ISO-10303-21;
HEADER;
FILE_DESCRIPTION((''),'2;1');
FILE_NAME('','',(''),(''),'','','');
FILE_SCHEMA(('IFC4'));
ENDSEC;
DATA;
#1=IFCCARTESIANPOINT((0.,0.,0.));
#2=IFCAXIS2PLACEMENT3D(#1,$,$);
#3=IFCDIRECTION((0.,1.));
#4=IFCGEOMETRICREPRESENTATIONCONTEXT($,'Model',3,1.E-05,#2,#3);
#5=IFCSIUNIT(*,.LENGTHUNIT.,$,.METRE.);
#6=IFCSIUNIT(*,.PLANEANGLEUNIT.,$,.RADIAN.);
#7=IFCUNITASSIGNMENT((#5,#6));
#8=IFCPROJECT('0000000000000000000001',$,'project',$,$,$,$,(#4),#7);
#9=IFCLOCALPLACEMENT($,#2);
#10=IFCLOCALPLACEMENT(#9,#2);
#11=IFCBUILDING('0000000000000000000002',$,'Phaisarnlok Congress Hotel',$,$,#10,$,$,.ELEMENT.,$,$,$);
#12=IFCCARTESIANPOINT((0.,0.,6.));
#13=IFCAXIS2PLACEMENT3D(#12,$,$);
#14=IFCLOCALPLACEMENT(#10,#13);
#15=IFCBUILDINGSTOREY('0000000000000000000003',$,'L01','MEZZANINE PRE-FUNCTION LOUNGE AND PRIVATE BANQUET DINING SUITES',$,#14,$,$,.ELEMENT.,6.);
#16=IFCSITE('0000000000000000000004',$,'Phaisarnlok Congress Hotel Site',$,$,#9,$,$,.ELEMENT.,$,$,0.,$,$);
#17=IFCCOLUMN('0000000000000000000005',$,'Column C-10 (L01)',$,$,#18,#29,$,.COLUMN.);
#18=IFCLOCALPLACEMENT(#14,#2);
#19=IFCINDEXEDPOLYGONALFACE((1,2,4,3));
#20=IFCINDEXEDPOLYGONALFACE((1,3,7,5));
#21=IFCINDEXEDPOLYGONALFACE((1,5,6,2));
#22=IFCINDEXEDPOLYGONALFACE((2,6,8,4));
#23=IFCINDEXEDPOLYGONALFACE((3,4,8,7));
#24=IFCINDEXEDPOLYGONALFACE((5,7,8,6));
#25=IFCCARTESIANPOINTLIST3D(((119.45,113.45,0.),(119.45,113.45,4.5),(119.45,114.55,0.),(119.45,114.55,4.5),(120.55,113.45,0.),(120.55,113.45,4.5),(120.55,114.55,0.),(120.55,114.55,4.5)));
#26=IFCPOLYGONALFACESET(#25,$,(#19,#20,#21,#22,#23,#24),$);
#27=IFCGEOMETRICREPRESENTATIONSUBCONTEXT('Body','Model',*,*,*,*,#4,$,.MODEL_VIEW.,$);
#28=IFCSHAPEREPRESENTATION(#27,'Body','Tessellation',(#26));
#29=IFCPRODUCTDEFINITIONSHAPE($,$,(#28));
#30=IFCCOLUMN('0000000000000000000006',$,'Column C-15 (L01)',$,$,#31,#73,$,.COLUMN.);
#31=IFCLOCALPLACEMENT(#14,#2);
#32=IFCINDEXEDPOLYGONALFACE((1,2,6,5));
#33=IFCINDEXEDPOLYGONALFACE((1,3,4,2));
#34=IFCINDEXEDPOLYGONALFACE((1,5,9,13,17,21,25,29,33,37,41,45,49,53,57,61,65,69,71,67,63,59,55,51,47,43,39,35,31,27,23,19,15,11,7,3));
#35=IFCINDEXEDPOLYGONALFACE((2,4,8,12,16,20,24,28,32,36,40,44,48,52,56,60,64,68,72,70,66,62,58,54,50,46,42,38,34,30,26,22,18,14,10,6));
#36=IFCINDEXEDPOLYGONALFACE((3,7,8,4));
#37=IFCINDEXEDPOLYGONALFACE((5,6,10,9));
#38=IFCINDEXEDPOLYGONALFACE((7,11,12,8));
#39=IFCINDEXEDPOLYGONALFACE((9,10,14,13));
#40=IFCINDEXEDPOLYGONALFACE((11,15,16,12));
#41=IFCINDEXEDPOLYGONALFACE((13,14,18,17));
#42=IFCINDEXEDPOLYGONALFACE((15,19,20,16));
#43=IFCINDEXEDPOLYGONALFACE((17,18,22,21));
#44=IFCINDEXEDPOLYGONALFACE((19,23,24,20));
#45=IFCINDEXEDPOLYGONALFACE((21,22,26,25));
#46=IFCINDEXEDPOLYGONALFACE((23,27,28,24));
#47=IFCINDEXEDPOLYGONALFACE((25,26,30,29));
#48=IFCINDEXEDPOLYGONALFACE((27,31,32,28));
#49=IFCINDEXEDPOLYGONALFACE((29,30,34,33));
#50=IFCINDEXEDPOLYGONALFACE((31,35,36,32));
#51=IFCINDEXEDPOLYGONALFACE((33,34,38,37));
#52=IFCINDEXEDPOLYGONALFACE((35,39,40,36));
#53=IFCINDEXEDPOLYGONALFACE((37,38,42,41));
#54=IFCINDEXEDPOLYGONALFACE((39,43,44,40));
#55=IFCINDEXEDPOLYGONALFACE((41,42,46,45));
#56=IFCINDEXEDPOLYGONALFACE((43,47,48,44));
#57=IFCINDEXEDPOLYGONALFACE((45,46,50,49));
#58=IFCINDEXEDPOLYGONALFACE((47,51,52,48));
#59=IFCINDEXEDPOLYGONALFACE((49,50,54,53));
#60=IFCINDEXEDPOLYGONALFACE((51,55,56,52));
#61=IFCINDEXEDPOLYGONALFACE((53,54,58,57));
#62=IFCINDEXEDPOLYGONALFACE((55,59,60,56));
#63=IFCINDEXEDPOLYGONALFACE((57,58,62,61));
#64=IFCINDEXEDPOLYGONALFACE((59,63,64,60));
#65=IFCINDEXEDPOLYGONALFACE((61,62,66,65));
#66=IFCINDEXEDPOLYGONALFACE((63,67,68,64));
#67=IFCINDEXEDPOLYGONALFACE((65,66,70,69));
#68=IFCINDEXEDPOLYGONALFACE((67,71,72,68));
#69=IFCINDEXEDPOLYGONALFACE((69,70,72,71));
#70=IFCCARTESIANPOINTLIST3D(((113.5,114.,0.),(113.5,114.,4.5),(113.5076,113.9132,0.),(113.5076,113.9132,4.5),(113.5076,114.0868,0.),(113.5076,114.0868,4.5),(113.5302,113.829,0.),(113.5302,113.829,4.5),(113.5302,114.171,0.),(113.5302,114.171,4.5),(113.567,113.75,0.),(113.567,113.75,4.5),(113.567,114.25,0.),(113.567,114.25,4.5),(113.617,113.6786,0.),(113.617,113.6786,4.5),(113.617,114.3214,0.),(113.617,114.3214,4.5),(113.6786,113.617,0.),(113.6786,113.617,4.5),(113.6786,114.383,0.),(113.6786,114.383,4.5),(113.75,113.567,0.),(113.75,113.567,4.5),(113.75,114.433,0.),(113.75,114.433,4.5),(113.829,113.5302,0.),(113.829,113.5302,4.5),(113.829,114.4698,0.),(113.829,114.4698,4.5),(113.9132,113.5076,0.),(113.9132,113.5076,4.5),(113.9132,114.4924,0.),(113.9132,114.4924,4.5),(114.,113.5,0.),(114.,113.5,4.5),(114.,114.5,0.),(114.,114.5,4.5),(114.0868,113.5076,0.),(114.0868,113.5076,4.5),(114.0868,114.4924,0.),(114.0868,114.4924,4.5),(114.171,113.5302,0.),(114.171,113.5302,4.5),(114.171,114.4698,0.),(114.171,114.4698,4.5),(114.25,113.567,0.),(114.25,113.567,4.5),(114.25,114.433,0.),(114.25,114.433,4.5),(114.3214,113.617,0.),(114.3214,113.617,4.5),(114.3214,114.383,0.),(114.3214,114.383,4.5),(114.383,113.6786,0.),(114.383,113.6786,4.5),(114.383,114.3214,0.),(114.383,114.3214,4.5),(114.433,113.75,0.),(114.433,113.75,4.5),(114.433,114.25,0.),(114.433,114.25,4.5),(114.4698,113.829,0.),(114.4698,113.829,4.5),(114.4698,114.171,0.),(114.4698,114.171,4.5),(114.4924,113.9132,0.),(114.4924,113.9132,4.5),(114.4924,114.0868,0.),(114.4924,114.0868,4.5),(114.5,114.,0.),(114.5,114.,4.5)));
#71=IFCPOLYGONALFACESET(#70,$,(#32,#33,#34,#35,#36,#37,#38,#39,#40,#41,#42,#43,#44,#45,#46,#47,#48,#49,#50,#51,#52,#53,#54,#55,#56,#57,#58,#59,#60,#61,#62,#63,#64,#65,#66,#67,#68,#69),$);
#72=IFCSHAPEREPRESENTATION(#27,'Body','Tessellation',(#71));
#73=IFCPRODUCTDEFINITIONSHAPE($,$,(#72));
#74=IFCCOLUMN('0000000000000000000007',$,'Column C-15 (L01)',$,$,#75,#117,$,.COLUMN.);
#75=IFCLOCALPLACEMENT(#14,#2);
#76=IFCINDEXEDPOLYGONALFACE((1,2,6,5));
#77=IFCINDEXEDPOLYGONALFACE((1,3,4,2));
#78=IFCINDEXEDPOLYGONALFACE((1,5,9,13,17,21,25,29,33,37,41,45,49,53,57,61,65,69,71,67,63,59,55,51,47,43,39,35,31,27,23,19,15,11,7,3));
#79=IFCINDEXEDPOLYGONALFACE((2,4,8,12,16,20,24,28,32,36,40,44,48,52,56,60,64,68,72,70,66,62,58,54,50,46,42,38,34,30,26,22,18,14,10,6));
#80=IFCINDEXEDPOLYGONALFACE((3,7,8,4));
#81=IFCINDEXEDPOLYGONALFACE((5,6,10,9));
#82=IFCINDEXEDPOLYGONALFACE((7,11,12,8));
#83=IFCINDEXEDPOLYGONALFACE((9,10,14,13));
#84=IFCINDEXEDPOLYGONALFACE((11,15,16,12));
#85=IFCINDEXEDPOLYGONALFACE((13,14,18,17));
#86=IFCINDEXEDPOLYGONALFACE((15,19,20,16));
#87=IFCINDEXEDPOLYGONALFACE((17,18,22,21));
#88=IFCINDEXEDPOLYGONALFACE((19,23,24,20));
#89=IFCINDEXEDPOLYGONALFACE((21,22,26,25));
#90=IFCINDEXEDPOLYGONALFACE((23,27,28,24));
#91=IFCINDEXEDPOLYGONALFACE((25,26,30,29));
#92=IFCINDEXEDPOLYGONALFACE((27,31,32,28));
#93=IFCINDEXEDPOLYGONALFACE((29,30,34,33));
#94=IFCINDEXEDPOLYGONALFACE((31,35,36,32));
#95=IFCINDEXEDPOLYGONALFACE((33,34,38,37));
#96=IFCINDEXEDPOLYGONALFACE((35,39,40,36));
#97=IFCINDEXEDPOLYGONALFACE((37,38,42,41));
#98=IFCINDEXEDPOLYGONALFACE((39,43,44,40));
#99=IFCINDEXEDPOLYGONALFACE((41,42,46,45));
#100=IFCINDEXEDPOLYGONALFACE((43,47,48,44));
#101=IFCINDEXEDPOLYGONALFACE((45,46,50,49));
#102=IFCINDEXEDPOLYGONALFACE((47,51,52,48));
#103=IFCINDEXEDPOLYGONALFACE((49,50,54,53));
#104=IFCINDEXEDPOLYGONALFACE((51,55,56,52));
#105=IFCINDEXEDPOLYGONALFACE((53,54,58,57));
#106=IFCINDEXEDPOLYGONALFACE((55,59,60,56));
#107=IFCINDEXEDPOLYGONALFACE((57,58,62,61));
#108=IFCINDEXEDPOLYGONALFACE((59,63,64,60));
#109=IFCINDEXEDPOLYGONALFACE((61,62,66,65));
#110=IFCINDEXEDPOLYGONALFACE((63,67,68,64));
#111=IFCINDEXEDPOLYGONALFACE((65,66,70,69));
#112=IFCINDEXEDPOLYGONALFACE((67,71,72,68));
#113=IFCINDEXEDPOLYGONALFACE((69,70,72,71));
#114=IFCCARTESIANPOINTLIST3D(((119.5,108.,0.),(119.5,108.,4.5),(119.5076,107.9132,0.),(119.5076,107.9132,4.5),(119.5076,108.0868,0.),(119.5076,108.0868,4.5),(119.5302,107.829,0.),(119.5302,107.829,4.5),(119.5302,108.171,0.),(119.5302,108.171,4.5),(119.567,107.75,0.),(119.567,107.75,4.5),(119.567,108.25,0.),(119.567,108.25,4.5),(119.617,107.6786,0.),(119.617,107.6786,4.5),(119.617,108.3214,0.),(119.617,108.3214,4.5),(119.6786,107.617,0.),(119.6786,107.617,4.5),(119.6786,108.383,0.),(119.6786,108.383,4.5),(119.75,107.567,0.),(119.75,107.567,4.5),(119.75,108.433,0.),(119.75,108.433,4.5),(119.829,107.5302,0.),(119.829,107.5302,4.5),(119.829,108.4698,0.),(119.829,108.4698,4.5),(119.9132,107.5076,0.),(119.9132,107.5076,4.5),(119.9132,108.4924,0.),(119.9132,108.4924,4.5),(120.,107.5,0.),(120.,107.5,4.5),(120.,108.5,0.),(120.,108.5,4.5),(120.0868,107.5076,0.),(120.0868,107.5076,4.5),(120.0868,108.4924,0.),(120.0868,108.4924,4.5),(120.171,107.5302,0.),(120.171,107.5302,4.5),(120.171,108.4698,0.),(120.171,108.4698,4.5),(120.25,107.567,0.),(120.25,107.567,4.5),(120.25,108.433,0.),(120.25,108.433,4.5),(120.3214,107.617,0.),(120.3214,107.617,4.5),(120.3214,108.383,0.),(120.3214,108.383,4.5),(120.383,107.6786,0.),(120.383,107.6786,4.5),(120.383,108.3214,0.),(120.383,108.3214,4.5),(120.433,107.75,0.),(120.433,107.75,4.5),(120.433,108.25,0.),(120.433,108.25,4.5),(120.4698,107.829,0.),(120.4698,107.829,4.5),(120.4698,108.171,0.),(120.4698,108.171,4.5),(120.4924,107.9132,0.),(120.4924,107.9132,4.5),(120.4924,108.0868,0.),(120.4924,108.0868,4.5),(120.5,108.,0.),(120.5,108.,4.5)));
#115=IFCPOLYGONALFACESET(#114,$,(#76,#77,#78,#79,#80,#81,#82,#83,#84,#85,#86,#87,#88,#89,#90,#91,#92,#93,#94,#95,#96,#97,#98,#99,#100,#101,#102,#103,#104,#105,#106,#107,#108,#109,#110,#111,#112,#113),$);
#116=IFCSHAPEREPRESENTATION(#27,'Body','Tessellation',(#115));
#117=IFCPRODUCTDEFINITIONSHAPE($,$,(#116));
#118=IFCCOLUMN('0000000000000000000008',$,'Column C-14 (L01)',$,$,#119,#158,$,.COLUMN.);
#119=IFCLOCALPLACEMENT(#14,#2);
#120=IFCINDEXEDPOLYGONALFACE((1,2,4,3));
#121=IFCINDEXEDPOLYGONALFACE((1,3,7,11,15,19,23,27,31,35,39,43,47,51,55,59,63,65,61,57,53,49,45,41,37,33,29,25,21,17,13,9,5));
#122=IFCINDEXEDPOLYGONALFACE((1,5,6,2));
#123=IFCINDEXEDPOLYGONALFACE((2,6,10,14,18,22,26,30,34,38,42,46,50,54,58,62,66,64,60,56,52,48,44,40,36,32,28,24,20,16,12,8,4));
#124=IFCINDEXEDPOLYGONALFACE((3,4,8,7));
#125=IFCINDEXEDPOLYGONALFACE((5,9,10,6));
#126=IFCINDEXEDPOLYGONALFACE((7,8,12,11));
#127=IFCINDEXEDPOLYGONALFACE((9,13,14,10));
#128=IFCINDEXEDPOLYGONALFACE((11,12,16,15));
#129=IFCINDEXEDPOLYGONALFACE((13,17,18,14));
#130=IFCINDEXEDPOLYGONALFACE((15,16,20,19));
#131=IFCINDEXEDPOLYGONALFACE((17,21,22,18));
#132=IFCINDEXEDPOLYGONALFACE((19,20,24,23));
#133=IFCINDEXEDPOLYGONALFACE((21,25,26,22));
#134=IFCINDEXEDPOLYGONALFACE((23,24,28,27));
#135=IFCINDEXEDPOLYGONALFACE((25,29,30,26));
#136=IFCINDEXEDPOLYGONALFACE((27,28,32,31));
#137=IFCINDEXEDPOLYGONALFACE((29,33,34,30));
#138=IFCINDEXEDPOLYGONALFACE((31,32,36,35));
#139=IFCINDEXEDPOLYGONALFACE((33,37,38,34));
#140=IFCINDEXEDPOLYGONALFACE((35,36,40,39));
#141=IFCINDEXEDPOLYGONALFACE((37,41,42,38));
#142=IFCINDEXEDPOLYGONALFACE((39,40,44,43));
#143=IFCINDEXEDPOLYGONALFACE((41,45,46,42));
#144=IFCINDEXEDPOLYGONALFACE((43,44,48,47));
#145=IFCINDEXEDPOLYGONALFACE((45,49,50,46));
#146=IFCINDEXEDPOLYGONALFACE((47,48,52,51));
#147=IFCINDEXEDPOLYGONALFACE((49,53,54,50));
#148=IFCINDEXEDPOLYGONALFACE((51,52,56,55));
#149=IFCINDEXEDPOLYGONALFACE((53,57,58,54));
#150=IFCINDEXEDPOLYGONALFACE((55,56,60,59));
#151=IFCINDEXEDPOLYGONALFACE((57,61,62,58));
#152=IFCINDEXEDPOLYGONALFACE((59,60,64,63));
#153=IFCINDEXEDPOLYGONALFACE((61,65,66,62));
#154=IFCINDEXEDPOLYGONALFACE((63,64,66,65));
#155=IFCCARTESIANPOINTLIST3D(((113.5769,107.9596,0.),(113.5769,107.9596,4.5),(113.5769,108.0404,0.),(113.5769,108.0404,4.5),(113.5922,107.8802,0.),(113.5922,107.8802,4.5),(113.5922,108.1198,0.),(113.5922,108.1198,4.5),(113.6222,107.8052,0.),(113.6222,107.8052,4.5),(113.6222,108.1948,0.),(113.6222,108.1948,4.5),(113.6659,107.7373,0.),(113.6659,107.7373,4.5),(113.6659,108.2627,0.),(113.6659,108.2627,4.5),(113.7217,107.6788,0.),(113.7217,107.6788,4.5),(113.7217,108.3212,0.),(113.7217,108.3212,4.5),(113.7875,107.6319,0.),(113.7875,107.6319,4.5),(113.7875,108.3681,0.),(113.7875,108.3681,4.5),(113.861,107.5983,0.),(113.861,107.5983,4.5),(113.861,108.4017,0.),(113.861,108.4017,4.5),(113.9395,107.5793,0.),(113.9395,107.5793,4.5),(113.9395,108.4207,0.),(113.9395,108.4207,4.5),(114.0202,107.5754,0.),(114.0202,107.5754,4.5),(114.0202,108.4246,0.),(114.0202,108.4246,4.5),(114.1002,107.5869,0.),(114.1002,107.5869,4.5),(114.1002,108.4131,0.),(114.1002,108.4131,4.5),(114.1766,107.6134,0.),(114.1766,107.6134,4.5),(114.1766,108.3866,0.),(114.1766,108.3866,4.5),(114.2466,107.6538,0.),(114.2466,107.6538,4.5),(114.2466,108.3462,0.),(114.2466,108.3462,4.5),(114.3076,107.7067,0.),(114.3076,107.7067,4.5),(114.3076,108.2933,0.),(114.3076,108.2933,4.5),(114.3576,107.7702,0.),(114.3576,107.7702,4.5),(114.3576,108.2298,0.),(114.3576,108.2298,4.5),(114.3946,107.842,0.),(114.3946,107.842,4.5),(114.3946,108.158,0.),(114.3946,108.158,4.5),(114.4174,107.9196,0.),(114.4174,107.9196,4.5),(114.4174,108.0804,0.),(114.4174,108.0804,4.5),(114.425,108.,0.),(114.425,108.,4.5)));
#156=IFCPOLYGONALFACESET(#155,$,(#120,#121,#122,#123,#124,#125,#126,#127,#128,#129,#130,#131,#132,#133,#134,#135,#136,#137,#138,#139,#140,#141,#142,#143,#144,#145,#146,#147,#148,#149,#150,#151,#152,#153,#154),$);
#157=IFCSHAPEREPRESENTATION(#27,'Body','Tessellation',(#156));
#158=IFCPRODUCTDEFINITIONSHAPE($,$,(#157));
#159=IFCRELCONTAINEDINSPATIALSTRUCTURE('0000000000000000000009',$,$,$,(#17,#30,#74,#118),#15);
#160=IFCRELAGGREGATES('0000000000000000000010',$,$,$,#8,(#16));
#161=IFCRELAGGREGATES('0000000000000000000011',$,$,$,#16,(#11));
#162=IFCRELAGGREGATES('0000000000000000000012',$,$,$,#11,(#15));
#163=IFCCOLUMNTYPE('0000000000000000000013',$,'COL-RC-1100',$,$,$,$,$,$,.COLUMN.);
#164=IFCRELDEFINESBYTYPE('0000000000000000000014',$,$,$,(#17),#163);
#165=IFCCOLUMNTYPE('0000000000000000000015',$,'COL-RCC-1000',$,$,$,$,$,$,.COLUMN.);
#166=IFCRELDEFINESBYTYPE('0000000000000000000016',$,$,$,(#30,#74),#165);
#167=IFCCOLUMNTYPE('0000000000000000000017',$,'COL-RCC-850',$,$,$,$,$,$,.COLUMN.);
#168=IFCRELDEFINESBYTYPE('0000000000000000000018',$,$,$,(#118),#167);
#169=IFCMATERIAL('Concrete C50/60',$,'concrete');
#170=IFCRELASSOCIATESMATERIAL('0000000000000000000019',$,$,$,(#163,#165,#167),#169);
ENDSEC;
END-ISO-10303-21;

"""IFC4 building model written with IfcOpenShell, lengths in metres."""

from ifc_helpers import new_model, si_unit, direction, frame, origin, origin_2d, place, context, subcontext, project, spatial, rectangle, circle, extrude, material, material_profile, profile_set, type_object, element, save


model = new_model("IFC4")

# Units and contexts
model_context = context("Model", 3, precision=1e-05, world=origin(), true_north=direction((0.0, 1.0)))
body_context = subcontext(model_context, "Body", "Model", "MODEL_VIEW")
ifc_project = project(units=[si_unit("LENGTHUNIT", "METRE"), si_unit("PLANEANGLEUNIT", "RADIAN")], contexts=[model_context])

# Site, building, storey
site_placement = place(None, origin())
site = spatial("IfcSite", under=ifc_project, at=site_placement, Name="Phaisarnlok Congress Hotel Site", CompositionType="ELEMENT", RefElevation=0.0)
building_placement = place(site_placement, origin())
building = spatial("IfcBuilding", under=site, at=building_placement, Name="Phaisarnlok Congress Hotel", CompositionType="ELEMENT")
storey_placement = place(building_placement, frame((0.0, 0.0, 6.0)))
storey = spatial("IfcBuildingStorey", under=building, at=storey_placement, Name="L01", Description="MEZZANINE PRE-FUNCTION LOUNGE AND PRIVATE BANQUET DINING SUITES", CompositionType="ELEMENT", Elevation=6.0)

# Columns
ifc_material_1 = material(Name="Concrete C50/60", Category="concrete")
ifc_material_profile_1 = material_profile(ifc_material_1, rectangle(XDim=1.1001, YDim=1.1001, at=origin_2d()), Name="RC 1100x1100")
ifc_profile_set_1 = profile_set([ifc_material_profile_1], Name="Concrete C50/60")
column_type_1 = type_object("IfcColumnType", Name="COL-RC-1100", PredefinedType="COLUMN", material=ifc_profile_set_1)
column_1_placement = place(storey_placement, frame((120.0, 114.0, 0.0), z_axis=(0.0, 0.0, 1.0), x_axis=(1.0, 0.0, 0.0)))
element("IfcColumn", 1, at=column_1_placement, inside=storey, type_object=column_type_1, Name="Column C-10 (L01)", PredefinedType="COLUMN", context=body_context, shape_type="SweptSolid", body=[
    extrude(rectangle(XDim=1.1001, YDim=1.1001, at=origin_2d()), origin(), (0.0, 0.0, 1.0), 4.5),
])
ifc_material_profile_2 = material_profile(ifc_material_1, circle(Radius=0.5, at=origin_2d()), Name="RCC D1000")
ifc_profile_set_2 = profile_set([ifc_material_profile_2], Name="Concrete C50/60")
column_type_2 = type_object("IfcColumnType", Name="COL-RCC-1000", PredefinedType="COLUMN", material=ifc_profile_set_2)
for number, where, z_axis, x_axis, name in (
    (2, (114.0, 114.0, 0.0), (0.0, 0.0, 1.0), (1.0, 0.0, 0.0), "Column C-15 (L01)"),
    (3, (120.0, 108.0, 0.0), (0.0, 0.0, 1.0), (1.0, 0.0, 0.0), "Column C-15 (L01)"),
):
    element("IfcColumn", number, at=place(storey_placement, frame(where, z_axis=z_axis, x_axis=x_axis)), inside=storey, type_object=column_type_2, Name=name, PredefinedType="COLUMN", context=body_context, shape_type="SweptSolid", body=[
        extrude(circle(Radius=0.5, at=origin_2d()), origin(), (0.0, 0.0, 1.0), 4.5),
    ])
ifc_material_profile_3 = material_profile(ifc_material_1, circle(Radius=0.425, at=origin_2d()), Name="RCC D850")
ifc_profile_set_3 = profile_set([ifc_material_profile_3], Name="Concrete C50/60")
column_type_3 = type_object("IfcColumnType", Name="COL-RCC-850", PredefinedType="COLUMN", material=ifc_profile_set_3)
column_2_placement = place(storey_placement, frame((114.0, 108.0, 0.0), z_axis=(0.0, 0.0, 1.0), x_axis=(1.0, 0.0, 0.0)))
element("IfcColumn", 4, at=column_2_placement, inside=storey, type_object=column_type_3, Name="Column C-14 (L01)", PredefinedType="COLUMN", context=body_context, shape_type="SweptSolid", body=[
    extrude(circle(Radius=0.425, at=origin_2d()), origin(), (0.0, 0.0, 1.0), 4.5),
])

save(model, "model.ifc")
